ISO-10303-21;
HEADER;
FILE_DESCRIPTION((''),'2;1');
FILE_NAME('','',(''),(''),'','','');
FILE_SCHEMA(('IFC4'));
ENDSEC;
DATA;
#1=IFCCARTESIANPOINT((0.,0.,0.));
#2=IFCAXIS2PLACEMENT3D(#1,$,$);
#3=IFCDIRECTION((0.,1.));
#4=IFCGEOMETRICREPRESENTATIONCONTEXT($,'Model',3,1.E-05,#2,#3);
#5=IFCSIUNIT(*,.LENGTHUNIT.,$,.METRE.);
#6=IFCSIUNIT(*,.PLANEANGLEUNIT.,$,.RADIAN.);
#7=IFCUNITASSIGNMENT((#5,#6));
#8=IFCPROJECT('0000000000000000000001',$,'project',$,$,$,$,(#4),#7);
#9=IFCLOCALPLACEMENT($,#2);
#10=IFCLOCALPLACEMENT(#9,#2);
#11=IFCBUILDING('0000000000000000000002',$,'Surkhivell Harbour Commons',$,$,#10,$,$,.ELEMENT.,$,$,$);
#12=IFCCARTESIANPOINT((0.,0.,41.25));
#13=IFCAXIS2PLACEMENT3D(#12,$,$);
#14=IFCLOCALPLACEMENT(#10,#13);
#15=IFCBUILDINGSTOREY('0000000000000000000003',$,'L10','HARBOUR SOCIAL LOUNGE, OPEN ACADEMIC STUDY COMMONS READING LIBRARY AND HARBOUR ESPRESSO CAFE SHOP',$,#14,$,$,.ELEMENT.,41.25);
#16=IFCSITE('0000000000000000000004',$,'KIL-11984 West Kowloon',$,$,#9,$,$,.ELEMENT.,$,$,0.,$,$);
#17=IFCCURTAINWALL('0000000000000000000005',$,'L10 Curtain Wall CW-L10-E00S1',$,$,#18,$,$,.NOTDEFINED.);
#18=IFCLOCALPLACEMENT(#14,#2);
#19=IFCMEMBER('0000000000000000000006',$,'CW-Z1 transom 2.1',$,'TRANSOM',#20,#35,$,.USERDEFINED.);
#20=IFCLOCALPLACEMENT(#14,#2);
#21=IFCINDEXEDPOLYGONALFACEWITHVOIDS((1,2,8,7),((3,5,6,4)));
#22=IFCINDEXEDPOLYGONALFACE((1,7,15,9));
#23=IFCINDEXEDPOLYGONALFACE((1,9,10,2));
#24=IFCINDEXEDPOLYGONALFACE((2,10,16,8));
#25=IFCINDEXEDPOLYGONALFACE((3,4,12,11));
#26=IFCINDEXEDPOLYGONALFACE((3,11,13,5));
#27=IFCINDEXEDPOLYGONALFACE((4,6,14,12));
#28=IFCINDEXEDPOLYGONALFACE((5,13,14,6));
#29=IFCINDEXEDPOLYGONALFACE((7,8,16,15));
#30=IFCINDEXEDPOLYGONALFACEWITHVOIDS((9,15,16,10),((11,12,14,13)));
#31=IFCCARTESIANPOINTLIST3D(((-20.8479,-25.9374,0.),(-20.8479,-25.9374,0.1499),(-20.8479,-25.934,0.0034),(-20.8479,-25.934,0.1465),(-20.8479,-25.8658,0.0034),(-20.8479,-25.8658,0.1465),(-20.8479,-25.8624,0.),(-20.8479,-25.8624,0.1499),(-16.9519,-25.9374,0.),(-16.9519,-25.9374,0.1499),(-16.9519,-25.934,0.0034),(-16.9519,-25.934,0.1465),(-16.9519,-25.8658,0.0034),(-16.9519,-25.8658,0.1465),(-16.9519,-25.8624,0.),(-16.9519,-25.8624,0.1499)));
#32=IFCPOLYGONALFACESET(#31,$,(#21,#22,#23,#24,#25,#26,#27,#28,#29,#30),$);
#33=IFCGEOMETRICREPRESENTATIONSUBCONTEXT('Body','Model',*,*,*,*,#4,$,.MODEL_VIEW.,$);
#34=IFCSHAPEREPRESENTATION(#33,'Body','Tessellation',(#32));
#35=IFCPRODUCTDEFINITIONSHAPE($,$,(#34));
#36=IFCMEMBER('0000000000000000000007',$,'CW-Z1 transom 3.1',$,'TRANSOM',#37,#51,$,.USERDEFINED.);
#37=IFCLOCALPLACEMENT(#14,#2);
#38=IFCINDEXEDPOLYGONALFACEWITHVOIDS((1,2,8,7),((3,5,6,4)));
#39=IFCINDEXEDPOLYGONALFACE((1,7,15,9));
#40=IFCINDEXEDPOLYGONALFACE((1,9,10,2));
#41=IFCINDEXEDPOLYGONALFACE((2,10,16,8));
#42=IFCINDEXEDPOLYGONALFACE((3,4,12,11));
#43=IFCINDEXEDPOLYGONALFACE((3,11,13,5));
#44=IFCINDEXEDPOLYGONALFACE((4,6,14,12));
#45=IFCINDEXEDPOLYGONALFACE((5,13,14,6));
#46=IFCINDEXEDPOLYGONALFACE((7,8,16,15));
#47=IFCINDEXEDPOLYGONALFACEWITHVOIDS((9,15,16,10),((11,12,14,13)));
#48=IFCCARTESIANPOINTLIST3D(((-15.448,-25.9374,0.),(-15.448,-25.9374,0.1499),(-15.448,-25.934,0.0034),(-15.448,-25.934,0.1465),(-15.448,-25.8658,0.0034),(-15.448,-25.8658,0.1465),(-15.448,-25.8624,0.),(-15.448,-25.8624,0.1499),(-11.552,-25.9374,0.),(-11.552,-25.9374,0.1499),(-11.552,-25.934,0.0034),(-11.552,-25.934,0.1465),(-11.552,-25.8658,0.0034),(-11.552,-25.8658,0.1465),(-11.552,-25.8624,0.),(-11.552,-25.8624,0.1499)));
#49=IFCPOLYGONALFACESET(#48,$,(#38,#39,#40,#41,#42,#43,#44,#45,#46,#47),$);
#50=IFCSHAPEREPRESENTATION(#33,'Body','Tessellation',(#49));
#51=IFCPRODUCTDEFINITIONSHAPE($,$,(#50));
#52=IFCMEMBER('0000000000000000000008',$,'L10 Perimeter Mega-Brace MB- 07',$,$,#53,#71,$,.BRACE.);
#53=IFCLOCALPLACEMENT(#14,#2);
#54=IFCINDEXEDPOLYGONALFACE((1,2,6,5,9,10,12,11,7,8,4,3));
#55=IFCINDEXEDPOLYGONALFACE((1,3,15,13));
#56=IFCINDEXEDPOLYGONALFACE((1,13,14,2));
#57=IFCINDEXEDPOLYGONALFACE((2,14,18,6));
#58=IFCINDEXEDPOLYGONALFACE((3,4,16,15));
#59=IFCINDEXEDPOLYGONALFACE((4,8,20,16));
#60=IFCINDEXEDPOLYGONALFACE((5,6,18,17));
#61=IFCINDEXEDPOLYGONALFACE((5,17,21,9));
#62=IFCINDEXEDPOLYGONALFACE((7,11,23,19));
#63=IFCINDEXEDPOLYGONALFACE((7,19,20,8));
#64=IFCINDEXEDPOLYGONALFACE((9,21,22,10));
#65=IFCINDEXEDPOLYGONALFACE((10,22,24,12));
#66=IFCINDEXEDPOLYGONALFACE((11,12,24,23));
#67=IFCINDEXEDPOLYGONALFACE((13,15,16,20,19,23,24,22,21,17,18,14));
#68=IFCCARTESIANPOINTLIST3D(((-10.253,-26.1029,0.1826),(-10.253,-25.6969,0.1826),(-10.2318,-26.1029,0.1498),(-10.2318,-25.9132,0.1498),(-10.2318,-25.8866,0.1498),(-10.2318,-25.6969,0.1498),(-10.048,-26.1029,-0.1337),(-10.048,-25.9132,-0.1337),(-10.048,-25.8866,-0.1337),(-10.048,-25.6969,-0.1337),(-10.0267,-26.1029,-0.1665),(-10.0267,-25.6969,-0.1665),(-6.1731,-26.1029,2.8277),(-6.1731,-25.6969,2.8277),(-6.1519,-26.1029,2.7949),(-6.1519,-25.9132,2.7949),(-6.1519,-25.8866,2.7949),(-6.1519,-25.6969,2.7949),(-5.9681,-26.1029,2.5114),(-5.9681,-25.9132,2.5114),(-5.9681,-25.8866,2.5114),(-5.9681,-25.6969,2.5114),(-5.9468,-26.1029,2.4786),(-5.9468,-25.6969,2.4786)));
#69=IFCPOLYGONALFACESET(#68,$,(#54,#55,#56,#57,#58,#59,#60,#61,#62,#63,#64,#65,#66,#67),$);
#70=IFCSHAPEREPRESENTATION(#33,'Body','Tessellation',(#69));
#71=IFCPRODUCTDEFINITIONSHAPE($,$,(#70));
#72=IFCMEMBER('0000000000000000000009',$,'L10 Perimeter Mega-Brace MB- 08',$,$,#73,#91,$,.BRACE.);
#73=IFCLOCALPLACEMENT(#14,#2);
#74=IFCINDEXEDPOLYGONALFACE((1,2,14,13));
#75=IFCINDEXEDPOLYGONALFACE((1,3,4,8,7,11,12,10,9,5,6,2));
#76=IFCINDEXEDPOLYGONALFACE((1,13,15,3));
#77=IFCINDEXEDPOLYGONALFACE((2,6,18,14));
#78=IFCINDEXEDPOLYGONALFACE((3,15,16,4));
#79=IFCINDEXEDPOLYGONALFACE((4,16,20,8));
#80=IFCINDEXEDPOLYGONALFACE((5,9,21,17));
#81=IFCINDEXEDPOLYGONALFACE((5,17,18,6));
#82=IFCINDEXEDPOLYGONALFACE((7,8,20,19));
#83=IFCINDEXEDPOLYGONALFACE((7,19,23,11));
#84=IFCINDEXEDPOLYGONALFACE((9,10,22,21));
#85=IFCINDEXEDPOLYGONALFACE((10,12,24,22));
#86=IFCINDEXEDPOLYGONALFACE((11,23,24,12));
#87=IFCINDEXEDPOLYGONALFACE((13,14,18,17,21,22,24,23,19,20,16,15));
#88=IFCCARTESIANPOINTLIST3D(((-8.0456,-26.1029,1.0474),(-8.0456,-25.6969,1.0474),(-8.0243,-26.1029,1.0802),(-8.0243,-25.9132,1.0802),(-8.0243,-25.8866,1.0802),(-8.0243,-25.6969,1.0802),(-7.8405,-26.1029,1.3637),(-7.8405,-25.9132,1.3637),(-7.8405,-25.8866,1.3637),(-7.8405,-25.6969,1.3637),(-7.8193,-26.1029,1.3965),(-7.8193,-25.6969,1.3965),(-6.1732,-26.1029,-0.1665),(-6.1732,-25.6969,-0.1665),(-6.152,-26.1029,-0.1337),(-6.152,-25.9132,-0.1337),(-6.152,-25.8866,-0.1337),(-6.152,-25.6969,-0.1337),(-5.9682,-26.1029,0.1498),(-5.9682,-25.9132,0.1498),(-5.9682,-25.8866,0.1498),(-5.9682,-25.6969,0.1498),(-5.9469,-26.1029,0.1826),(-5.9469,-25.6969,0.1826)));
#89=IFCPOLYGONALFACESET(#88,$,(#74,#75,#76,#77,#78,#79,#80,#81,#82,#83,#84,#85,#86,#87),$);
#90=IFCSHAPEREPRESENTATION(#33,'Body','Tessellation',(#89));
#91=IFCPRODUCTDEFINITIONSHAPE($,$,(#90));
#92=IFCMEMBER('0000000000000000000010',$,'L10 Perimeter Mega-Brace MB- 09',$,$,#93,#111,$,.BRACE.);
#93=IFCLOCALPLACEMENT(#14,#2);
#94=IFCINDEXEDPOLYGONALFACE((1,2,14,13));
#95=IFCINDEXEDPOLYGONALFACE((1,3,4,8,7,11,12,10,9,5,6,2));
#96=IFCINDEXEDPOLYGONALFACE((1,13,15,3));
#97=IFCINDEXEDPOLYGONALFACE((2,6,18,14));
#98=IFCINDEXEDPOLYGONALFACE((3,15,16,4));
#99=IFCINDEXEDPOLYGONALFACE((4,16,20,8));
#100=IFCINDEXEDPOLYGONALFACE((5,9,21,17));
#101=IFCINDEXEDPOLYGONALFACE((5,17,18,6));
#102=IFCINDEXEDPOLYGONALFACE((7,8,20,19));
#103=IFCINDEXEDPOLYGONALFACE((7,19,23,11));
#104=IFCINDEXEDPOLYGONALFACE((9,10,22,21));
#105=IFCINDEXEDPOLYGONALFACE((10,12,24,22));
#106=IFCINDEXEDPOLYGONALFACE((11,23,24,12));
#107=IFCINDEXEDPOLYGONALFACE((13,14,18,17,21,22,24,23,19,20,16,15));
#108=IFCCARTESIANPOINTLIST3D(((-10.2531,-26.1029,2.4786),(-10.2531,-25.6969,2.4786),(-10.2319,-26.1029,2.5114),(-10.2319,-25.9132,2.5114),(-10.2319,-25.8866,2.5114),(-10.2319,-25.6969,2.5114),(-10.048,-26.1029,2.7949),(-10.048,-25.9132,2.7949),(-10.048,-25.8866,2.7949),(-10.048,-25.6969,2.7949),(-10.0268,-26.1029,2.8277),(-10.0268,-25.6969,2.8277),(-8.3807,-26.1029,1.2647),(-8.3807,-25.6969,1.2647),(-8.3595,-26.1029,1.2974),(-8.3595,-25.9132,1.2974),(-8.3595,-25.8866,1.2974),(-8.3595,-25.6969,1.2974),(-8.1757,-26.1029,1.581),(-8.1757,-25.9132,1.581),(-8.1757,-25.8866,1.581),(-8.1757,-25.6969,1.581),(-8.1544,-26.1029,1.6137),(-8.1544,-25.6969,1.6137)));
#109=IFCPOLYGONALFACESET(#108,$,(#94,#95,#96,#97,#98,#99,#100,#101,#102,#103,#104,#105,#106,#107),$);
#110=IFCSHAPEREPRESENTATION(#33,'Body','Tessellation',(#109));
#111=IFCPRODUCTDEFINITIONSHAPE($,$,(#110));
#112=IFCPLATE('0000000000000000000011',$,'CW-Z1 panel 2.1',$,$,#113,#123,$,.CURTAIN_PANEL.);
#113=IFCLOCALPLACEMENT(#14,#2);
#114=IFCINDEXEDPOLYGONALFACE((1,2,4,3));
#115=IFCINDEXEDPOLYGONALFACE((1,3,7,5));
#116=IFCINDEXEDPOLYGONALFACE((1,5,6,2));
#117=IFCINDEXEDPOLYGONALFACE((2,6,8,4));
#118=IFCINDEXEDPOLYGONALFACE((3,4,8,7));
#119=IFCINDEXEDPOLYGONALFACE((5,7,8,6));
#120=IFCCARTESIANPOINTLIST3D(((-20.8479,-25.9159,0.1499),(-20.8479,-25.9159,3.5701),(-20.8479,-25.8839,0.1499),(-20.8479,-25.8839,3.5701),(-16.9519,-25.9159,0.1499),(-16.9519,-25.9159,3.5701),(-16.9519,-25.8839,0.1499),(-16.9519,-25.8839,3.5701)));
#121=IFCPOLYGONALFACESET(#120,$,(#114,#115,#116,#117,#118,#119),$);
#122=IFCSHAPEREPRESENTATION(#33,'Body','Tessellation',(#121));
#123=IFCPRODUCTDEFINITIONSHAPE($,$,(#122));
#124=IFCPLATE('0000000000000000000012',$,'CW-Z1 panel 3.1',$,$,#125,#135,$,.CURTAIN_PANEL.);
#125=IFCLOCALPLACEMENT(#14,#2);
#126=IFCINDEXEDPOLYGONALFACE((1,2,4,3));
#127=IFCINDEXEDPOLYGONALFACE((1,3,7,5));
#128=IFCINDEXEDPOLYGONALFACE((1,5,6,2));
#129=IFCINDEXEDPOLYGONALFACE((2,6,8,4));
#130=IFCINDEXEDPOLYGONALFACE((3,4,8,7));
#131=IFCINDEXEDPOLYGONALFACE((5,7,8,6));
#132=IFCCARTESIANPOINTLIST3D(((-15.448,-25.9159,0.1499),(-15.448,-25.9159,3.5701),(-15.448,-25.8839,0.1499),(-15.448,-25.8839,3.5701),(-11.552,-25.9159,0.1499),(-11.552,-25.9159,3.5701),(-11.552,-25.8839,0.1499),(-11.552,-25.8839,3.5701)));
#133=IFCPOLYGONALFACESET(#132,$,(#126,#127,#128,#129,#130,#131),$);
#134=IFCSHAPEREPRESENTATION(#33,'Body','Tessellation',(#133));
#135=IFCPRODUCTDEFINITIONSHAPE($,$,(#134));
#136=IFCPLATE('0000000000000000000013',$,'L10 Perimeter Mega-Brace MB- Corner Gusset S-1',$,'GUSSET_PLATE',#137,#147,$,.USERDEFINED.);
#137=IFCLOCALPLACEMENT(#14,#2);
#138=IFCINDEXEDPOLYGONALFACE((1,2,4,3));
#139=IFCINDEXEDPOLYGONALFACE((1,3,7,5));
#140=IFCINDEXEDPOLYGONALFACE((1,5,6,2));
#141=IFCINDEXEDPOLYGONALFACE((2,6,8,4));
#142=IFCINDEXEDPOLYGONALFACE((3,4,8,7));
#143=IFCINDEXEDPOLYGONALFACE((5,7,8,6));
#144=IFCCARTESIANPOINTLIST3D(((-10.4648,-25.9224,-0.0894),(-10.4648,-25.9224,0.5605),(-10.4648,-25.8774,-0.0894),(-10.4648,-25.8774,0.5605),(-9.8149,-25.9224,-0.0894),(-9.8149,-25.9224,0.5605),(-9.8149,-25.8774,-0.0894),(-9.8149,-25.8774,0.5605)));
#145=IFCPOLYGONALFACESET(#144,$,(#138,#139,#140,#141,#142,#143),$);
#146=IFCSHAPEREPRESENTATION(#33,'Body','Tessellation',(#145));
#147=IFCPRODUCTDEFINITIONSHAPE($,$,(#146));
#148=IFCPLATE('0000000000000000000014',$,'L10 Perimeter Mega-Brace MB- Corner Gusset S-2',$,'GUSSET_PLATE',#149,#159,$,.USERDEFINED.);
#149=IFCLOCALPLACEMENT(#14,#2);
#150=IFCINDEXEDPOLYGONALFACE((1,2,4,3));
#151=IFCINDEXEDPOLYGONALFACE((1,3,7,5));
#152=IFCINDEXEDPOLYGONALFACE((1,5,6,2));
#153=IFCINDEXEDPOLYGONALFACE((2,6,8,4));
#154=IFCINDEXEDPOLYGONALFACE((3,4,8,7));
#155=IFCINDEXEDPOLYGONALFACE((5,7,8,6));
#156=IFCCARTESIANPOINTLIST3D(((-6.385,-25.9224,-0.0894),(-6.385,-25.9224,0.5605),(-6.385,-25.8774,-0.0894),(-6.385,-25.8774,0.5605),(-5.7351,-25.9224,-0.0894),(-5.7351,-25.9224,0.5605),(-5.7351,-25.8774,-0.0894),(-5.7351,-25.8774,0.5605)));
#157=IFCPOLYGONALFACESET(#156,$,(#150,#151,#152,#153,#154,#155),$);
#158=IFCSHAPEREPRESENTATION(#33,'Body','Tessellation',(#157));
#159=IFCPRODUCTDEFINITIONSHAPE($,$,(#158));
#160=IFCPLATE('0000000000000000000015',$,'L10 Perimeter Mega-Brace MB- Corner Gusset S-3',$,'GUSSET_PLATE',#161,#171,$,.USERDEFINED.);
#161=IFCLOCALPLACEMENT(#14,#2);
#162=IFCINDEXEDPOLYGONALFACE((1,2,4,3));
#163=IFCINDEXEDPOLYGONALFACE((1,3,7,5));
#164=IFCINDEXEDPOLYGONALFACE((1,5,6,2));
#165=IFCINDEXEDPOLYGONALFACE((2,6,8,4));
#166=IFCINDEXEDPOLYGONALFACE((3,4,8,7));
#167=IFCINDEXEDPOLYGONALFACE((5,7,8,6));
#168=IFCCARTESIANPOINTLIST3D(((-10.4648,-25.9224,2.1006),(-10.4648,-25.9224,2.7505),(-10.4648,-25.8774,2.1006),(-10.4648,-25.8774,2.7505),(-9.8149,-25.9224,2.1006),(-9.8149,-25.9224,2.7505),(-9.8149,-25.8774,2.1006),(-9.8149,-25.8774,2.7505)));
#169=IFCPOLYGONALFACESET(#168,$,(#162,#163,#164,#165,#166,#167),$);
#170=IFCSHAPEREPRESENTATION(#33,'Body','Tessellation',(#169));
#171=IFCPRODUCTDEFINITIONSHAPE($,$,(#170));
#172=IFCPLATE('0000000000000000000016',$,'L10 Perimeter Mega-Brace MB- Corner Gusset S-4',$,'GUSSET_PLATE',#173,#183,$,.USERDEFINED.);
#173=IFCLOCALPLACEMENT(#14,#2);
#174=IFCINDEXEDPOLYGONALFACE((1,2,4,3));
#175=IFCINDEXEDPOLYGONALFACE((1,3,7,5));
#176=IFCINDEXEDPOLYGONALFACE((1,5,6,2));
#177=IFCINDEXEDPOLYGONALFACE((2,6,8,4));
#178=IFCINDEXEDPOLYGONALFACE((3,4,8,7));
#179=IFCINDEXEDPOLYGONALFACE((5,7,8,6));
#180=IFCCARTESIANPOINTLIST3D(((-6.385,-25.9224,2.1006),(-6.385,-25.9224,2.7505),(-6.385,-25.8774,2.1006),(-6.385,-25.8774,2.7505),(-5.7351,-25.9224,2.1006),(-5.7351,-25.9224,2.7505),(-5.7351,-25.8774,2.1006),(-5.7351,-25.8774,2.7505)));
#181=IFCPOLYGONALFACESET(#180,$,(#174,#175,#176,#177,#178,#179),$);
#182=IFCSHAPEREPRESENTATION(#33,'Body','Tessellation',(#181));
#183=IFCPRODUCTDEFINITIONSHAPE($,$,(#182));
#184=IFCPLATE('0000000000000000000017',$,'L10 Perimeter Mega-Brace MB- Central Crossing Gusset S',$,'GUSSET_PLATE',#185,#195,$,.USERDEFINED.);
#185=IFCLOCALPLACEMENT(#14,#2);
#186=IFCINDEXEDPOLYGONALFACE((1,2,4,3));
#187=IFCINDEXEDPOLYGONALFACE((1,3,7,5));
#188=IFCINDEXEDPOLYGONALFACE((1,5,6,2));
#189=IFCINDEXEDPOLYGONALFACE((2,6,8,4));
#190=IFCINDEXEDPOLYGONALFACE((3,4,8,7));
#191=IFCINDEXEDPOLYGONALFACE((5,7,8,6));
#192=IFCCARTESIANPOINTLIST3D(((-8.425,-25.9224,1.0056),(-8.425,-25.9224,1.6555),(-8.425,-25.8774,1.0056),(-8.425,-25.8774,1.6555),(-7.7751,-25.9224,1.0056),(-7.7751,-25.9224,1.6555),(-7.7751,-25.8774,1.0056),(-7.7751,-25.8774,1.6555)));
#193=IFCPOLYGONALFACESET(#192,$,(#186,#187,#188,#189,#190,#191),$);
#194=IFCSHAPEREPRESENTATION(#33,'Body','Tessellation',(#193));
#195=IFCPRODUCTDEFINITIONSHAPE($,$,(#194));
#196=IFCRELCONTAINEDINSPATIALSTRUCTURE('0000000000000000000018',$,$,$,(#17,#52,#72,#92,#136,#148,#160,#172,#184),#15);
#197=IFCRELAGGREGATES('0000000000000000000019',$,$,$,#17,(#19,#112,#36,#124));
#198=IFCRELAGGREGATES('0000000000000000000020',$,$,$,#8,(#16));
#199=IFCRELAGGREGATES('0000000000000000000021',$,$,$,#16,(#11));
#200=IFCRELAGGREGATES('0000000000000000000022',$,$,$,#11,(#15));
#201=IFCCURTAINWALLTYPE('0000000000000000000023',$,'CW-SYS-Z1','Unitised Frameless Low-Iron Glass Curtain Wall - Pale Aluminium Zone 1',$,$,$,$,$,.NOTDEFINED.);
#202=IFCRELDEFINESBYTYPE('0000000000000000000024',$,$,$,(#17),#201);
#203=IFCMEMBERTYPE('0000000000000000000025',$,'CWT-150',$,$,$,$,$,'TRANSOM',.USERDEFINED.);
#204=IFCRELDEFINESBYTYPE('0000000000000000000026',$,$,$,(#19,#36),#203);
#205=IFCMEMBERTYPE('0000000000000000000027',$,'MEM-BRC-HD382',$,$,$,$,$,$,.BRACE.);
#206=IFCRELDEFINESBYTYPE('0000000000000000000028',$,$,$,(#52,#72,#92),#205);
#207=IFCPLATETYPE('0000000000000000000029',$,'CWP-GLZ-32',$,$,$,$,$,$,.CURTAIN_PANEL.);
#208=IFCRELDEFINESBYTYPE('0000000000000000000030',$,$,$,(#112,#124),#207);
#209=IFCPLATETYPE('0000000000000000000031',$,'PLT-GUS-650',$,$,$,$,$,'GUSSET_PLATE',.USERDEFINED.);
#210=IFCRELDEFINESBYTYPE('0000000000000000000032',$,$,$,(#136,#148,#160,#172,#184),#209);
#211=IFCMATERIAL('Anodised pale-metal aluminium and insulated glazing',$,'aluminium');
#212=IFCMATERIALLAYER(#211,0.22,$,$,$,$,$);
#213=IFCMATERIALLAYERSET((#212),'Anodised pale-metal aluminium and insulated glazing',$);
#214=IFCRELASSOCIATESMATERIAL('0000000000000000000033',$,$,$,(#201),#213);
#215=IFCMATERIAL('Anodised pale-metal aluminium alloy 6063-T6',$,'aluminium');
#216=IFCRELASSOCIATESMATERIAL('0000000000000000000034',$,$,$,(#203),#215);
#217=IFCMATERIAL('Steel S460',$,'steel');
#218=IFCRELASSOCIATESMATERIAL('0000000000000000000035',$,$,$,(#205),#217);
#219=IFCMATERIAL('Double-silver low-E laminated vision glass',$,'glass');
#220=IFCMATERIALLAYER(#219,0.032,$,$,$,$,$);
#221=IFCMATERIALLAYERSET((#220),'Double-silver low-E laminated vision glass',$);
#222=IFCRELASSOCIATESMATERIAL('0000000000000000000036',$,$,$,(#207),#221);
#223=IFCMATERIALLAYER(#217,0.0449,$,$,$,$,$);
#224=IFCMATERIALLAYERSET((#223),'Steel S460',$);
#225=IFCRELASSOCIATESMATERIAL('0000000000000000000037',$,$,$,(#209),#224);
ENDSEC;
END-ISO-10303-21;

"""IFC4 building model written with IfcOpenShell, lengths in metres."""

from ifc_helpers import new_model, si_unit, direction, frame, frame_2d, origin, origin_2d, place, context, subcontext, project, spatial, rectangle, hollow_rectangle, i_section, extrude, material, layer, layer_set, material_profile, profile_set, type_object, element, aggregate, save


model = new_model("IFC4")

# Units and contexts
model_context = context("Model", 3, precision=1e-05, world=origin(), true_north=direction((0.0, 1.0)))
body_context = subcontext(model_context, "Body", "Model", "MODEL_VIEW")
ifc_project = project(units=[si_unit("LENGTHUNIT", "METRE"), si_unit("PLANEANGLEUNIT", "RADIAN")], contexts=[model_context])

# Site, building, storey
site_placement = place(None, origin())
site = spatial("IfcSite", under=ifc_project, at=site_placement, Name="KIL-11984 West Kowloon", CompositionType="ELEMENT", RefElevation=0.0)
building_placement = place(site_placement, origin())
building = spatial("IfcBuilding", under=site, at=building_placement, Name="Surkhivell Harbour Commons", CompositionType="ELEMENT")
storey_placement = place(building_placement, frame((0.0, 0.0, 41.25)))
storey = spatial("IfcBuildingStorey", under=building, at=storey_placement, Name="L10", Description="HARBOUR SOCIAL LOUNGE, OPEN ACADEMIC STUDY COMMONS READING LIBRARY AND HARBOUR ESPRESSO CAFE SHOP", CompositionType="ELEMENT", Elevation=41.25)

# Shared definitions
ifc_material_1 = material(Name="Steel S460", Category="steel")

# Curtain wall, members
ifc_material_2 = material(Name="Anodised pale-metal aluminium and insulated glazing", Category="aluminium")
ifc_layer_1 = layer(ifc_material_2, 0.22)
ifc_layer_set_1 = layer_set([ifc_layer_1], Name="Anodised pale-metal aluminium and insulated glazing")
curtain_wall_type = type_object("IfcCurtainWallType", Name="CW-SYS-Z1", Description="Unitised Frameless Low-Iron Glass Curtain Wall - Pale Aluminium Zone 1", PredefinedType="NOTDEFINED", material=ifc_layer_set_1)
curtain_wall_placement = place(storey_placement, origin())
curtain_wall = element("IfcCurtainWall", 1, at=curtain_wall_placement, inside=storey, type_object=curtain_wall_type, Name="L10 Curtain Wall CW-L10-E00S1", PredefinedType="NOTDEFINED")
ifc_material_3 = material(Name="Anodised pale-metal aluminium alloy 6063-T6", Category="aluminium")
ifc_material_profile_1 = material_profile(ifc_material_3, hollow_rectangle(XDim=0.075, YDim=0.1499, WallThickness=0.0034, at=origin_2d()), Name="ALU-TRAN-75x150")
ifc_profile_set_1 = profile_set([ifc_material_profile_1], Name="Anodised pale-metal aluminium alloy 6063-T6")
member_type_1 = type_object("IfcMemberType", Name="CWT-150", ElementType="TRANSOM", PredefinedType="USERDEFINED", material=ifc_profile_set_1)
member_1_placement = place(storey_placement, frame((-20.8479, -25.8999, 0.075), z_axis=(1.0, 0.0, 0.0), x_axis=(0.0, 1.0, 0.0)))
member_1 = element("IfcMember", 2, at=member_1_placement, type_object=member_type_1, Name="CW-Z1 transom 2.1", ObjectType="TRANSOM", PredefinedType="USERDEFINED", context=body_context, shape_type="SweptSolid", body=[
    extrude(hollow_rectangle(XDim=0.075, YDim=0.1499, WallThickness=0.0034, at=origin_2d()), origin(), (0.0, 0.0, 1.0), 3.896),
])
member_2_placement = place(storey_placement, frame((-15.448, -25.8999, 0.075), z_axis=(1.0, 0.0, 0.0), x_axis=(0.0, 1.0, 0.0)))
member_2 = element("IfcMember", 3, at=member_2_placement, type_object=member_type_1, Name="CW-Z1 transom 3.1", ObjectType="TRANSOM", PredefinedType="USERDEFINED", context=body_context, shape_type="SweptSolid", body=[
    extrude(hollow_rectangle(XDim=0.075, YDim=0.1499, WallThickness=0.0034, at=origin_2d()), origin(), (0.0, 0.0, 1.0), 3.896),
])

# Members
ifc_material_profile_2 = material_profile(ifc_material_1, i_section(OverallWidth=0.406, OverallDepth=0.416, WebThickness=0.0266, FlangeThickness=0.0391, at=origin_2d()), Name="HD400x382")
ifc_profile_set_2 = profile_set([ifc_material_profile_2], Name="Steel S460")
member_type_2 = type_object("IfcMemberType", Name="MEM-BRC-HD382", PredefinedType="BRACE", material=ifc_profile_set_2)
member_3_placement = place(storey_placement, frame((-10.1399, -25.8999, 0.0081), z_axis=(0.839089, 0.0, 0.543994), x_axis=(0.0, 1.0, 0.0)))
element("IfcMember", 4, at=member_3_placement, inside=storey, type_object=member_type_2, Name="L10 Perimeter Mega-Brace MB- 07", PredefinedType="BRACE", context=body_context, shape_type="SweptSolid", body=[
    extrude(i_section(OverallWidth=0.406, OverallDepth=0.416, WebThickness=0.0266, FlangeThickness=0.0391, at=origin_2d()), origin(), (0.0, 0.0, 1.0), 4.8623),
])
for number, where, z_axis, x_axis, name in (
    (5, (-6.0601, -25.8999, 0.0081), (-0.839085, 0.0, 0.544), (0.0, -1.0, 0.0), "L10 Perimeter Mega-Brace MB- 08"),
    (6, (-8.2676, -25.8999, 1.4392), (-0.839085, 0.0, 0.544), (0.0, -1.0, 0.0), "L10 Perimeter Mega-Brace MB- 09"),
):
    element("IfcMember", number, at=place(storey_placement, frame(where, z_axis=z_axis, x_axis=x_axis)), inside=storey, type_object=member_type_2, Name=name, PredefinedType="BRACE", context=body_context, shape_type="SweptSolid", body=[
        extrude(i_section(OverallWidth=0.406, OverallDepth=0.416, WebThickness=0.0266, FlangeThickness=0.0391, at=origin_2d()), origin(), (0.0, 0.0, 1.0), 2.2314),
    ])

# Plates
ifc_material_4 = material(Name="Double-silver low-E laminated vision glass", Category="glass")
ifc_layer_2 = layer(ifc_material_4, 0.032)
ifc_layer_set_2 = layer_set([ifc_layer_2], Name="Double-silver low-E laminated vision glass")
plate_type_1 = type_object("IfcPlateType", Name="CWP-GLZ-32", PredefinedType="CURTAIN_PANEL", material=ifc_layer_set_2)
plate_1_placement = place(storey_placement, frame((-20.8479, -25.8999, 0.1499), z_axis=(0.0, 0.0, 1.0), x_axis=(1.0, 0.0, 0.0)))
plate_1 = element("IfcPlate", 7, at=plate_1_placement, type_object=plate_type_1, Name="CW-Z1 panel 2.1", PredefinedType="CURTAIN_PANEL", context=body_context, shape_type="SweptSolid", body=[
    extrude(rectangle(XDim=3.896, YDim=0.032, at=frame_2d((1.948, 0.0))), origin(), (0.0, 0.0, 1.0), 3.4202),
])
plate_2_placement = place(storey_placement, frame((-15.448, -25.8999, 0.1499), z_axis=(0.0, 0.0, 1.0), x_axis=(1.0, 0.0, 0.0)))
plate_2 = element("IfcPlate", 8, at=plate_2_placement, type_object=plate_type_1, Name="CW-Z1 panel 3.1", PredefinedType="CURTAIN_PANEL", context=body_context, shape_type="SweptSolid", body=[
    extrude(rectangle(XDim=3.896, YDim=0.032, at=frame_2d((1.948, 0.0))), origin(), (0.0, 0.0, 1.0), 3.4202),
])
aggregate(curtain_wall, [member_1, plate_1, member_2, plate_2])

# Plates
ifc_layer_3 = layer(ifc_material_1, 0.0449)
ifc_layer_set_3 = layer_set([ifc_layer_3], Name="Steel S460")
plate_type_2 = type_object("IfcPlateType", Name="PLT-GUS-650", ElementType="GUSSET_PLATE", PredefinedType="USERDEFINED", material=ifc_layer_set_3)
for number, where, z_axis, x_axis, name in (
    (9, (-10.1399, -25.8999, -0.0894), (0.0, 0.0, 1.0), (1.0, 0.0, 0.0), "L10 Perimeter Mega-Brace MB- Corner Gusset S-1"),
    (10, (-6.0601, -25.8999, -0.0894), (0.0, 0.0, 1.0), (1.0, 0.0, 0.0), "L10 Perimeter Mega-Brace MB- Corner Gusset S-2"),
    (11, (-10.1399, -25.8999, 2.1006), (0.0, 0.0, 1.0), (1.0, 0.0, 0.0), "L10 Perimeter Mega-Brace MB- Corner Gusset S-3"),
    (12, (-6.0601, -25.8999, 2.1006), (0.0, 0.0, 1.0), (1.0, 0.0, 0.0), "L10 Perimeter Mega-Brace MB- Corner Gusset S-4"),
    (13, (-8.1001, -25.8999, 1.0056), (0.0, 0.0, 1.0), (1.0, 0.0, 0.0), "L10 Perimeter Mega-Brace MB- Central Crossing Gusset S"),
):
    element("IfcPlate", number, at=place(storey_placement, frame(where, z_axis=z_axis, x_axis=x_axis)), inside=storey, type_object=plate_type_2, Name=name, ObjectType="GUSSET_PLATE", PredefinedType="USERDEFINED", context=body_context, shape_type="SweptSolid", body=[
        extrude(rectangle(XDim=0.6499, YDim=0.0449, at=origin_2d()), origin(), (0.0, 0.0, 1.0), 0.6499),
    ])

save(model, "model.ifc")
